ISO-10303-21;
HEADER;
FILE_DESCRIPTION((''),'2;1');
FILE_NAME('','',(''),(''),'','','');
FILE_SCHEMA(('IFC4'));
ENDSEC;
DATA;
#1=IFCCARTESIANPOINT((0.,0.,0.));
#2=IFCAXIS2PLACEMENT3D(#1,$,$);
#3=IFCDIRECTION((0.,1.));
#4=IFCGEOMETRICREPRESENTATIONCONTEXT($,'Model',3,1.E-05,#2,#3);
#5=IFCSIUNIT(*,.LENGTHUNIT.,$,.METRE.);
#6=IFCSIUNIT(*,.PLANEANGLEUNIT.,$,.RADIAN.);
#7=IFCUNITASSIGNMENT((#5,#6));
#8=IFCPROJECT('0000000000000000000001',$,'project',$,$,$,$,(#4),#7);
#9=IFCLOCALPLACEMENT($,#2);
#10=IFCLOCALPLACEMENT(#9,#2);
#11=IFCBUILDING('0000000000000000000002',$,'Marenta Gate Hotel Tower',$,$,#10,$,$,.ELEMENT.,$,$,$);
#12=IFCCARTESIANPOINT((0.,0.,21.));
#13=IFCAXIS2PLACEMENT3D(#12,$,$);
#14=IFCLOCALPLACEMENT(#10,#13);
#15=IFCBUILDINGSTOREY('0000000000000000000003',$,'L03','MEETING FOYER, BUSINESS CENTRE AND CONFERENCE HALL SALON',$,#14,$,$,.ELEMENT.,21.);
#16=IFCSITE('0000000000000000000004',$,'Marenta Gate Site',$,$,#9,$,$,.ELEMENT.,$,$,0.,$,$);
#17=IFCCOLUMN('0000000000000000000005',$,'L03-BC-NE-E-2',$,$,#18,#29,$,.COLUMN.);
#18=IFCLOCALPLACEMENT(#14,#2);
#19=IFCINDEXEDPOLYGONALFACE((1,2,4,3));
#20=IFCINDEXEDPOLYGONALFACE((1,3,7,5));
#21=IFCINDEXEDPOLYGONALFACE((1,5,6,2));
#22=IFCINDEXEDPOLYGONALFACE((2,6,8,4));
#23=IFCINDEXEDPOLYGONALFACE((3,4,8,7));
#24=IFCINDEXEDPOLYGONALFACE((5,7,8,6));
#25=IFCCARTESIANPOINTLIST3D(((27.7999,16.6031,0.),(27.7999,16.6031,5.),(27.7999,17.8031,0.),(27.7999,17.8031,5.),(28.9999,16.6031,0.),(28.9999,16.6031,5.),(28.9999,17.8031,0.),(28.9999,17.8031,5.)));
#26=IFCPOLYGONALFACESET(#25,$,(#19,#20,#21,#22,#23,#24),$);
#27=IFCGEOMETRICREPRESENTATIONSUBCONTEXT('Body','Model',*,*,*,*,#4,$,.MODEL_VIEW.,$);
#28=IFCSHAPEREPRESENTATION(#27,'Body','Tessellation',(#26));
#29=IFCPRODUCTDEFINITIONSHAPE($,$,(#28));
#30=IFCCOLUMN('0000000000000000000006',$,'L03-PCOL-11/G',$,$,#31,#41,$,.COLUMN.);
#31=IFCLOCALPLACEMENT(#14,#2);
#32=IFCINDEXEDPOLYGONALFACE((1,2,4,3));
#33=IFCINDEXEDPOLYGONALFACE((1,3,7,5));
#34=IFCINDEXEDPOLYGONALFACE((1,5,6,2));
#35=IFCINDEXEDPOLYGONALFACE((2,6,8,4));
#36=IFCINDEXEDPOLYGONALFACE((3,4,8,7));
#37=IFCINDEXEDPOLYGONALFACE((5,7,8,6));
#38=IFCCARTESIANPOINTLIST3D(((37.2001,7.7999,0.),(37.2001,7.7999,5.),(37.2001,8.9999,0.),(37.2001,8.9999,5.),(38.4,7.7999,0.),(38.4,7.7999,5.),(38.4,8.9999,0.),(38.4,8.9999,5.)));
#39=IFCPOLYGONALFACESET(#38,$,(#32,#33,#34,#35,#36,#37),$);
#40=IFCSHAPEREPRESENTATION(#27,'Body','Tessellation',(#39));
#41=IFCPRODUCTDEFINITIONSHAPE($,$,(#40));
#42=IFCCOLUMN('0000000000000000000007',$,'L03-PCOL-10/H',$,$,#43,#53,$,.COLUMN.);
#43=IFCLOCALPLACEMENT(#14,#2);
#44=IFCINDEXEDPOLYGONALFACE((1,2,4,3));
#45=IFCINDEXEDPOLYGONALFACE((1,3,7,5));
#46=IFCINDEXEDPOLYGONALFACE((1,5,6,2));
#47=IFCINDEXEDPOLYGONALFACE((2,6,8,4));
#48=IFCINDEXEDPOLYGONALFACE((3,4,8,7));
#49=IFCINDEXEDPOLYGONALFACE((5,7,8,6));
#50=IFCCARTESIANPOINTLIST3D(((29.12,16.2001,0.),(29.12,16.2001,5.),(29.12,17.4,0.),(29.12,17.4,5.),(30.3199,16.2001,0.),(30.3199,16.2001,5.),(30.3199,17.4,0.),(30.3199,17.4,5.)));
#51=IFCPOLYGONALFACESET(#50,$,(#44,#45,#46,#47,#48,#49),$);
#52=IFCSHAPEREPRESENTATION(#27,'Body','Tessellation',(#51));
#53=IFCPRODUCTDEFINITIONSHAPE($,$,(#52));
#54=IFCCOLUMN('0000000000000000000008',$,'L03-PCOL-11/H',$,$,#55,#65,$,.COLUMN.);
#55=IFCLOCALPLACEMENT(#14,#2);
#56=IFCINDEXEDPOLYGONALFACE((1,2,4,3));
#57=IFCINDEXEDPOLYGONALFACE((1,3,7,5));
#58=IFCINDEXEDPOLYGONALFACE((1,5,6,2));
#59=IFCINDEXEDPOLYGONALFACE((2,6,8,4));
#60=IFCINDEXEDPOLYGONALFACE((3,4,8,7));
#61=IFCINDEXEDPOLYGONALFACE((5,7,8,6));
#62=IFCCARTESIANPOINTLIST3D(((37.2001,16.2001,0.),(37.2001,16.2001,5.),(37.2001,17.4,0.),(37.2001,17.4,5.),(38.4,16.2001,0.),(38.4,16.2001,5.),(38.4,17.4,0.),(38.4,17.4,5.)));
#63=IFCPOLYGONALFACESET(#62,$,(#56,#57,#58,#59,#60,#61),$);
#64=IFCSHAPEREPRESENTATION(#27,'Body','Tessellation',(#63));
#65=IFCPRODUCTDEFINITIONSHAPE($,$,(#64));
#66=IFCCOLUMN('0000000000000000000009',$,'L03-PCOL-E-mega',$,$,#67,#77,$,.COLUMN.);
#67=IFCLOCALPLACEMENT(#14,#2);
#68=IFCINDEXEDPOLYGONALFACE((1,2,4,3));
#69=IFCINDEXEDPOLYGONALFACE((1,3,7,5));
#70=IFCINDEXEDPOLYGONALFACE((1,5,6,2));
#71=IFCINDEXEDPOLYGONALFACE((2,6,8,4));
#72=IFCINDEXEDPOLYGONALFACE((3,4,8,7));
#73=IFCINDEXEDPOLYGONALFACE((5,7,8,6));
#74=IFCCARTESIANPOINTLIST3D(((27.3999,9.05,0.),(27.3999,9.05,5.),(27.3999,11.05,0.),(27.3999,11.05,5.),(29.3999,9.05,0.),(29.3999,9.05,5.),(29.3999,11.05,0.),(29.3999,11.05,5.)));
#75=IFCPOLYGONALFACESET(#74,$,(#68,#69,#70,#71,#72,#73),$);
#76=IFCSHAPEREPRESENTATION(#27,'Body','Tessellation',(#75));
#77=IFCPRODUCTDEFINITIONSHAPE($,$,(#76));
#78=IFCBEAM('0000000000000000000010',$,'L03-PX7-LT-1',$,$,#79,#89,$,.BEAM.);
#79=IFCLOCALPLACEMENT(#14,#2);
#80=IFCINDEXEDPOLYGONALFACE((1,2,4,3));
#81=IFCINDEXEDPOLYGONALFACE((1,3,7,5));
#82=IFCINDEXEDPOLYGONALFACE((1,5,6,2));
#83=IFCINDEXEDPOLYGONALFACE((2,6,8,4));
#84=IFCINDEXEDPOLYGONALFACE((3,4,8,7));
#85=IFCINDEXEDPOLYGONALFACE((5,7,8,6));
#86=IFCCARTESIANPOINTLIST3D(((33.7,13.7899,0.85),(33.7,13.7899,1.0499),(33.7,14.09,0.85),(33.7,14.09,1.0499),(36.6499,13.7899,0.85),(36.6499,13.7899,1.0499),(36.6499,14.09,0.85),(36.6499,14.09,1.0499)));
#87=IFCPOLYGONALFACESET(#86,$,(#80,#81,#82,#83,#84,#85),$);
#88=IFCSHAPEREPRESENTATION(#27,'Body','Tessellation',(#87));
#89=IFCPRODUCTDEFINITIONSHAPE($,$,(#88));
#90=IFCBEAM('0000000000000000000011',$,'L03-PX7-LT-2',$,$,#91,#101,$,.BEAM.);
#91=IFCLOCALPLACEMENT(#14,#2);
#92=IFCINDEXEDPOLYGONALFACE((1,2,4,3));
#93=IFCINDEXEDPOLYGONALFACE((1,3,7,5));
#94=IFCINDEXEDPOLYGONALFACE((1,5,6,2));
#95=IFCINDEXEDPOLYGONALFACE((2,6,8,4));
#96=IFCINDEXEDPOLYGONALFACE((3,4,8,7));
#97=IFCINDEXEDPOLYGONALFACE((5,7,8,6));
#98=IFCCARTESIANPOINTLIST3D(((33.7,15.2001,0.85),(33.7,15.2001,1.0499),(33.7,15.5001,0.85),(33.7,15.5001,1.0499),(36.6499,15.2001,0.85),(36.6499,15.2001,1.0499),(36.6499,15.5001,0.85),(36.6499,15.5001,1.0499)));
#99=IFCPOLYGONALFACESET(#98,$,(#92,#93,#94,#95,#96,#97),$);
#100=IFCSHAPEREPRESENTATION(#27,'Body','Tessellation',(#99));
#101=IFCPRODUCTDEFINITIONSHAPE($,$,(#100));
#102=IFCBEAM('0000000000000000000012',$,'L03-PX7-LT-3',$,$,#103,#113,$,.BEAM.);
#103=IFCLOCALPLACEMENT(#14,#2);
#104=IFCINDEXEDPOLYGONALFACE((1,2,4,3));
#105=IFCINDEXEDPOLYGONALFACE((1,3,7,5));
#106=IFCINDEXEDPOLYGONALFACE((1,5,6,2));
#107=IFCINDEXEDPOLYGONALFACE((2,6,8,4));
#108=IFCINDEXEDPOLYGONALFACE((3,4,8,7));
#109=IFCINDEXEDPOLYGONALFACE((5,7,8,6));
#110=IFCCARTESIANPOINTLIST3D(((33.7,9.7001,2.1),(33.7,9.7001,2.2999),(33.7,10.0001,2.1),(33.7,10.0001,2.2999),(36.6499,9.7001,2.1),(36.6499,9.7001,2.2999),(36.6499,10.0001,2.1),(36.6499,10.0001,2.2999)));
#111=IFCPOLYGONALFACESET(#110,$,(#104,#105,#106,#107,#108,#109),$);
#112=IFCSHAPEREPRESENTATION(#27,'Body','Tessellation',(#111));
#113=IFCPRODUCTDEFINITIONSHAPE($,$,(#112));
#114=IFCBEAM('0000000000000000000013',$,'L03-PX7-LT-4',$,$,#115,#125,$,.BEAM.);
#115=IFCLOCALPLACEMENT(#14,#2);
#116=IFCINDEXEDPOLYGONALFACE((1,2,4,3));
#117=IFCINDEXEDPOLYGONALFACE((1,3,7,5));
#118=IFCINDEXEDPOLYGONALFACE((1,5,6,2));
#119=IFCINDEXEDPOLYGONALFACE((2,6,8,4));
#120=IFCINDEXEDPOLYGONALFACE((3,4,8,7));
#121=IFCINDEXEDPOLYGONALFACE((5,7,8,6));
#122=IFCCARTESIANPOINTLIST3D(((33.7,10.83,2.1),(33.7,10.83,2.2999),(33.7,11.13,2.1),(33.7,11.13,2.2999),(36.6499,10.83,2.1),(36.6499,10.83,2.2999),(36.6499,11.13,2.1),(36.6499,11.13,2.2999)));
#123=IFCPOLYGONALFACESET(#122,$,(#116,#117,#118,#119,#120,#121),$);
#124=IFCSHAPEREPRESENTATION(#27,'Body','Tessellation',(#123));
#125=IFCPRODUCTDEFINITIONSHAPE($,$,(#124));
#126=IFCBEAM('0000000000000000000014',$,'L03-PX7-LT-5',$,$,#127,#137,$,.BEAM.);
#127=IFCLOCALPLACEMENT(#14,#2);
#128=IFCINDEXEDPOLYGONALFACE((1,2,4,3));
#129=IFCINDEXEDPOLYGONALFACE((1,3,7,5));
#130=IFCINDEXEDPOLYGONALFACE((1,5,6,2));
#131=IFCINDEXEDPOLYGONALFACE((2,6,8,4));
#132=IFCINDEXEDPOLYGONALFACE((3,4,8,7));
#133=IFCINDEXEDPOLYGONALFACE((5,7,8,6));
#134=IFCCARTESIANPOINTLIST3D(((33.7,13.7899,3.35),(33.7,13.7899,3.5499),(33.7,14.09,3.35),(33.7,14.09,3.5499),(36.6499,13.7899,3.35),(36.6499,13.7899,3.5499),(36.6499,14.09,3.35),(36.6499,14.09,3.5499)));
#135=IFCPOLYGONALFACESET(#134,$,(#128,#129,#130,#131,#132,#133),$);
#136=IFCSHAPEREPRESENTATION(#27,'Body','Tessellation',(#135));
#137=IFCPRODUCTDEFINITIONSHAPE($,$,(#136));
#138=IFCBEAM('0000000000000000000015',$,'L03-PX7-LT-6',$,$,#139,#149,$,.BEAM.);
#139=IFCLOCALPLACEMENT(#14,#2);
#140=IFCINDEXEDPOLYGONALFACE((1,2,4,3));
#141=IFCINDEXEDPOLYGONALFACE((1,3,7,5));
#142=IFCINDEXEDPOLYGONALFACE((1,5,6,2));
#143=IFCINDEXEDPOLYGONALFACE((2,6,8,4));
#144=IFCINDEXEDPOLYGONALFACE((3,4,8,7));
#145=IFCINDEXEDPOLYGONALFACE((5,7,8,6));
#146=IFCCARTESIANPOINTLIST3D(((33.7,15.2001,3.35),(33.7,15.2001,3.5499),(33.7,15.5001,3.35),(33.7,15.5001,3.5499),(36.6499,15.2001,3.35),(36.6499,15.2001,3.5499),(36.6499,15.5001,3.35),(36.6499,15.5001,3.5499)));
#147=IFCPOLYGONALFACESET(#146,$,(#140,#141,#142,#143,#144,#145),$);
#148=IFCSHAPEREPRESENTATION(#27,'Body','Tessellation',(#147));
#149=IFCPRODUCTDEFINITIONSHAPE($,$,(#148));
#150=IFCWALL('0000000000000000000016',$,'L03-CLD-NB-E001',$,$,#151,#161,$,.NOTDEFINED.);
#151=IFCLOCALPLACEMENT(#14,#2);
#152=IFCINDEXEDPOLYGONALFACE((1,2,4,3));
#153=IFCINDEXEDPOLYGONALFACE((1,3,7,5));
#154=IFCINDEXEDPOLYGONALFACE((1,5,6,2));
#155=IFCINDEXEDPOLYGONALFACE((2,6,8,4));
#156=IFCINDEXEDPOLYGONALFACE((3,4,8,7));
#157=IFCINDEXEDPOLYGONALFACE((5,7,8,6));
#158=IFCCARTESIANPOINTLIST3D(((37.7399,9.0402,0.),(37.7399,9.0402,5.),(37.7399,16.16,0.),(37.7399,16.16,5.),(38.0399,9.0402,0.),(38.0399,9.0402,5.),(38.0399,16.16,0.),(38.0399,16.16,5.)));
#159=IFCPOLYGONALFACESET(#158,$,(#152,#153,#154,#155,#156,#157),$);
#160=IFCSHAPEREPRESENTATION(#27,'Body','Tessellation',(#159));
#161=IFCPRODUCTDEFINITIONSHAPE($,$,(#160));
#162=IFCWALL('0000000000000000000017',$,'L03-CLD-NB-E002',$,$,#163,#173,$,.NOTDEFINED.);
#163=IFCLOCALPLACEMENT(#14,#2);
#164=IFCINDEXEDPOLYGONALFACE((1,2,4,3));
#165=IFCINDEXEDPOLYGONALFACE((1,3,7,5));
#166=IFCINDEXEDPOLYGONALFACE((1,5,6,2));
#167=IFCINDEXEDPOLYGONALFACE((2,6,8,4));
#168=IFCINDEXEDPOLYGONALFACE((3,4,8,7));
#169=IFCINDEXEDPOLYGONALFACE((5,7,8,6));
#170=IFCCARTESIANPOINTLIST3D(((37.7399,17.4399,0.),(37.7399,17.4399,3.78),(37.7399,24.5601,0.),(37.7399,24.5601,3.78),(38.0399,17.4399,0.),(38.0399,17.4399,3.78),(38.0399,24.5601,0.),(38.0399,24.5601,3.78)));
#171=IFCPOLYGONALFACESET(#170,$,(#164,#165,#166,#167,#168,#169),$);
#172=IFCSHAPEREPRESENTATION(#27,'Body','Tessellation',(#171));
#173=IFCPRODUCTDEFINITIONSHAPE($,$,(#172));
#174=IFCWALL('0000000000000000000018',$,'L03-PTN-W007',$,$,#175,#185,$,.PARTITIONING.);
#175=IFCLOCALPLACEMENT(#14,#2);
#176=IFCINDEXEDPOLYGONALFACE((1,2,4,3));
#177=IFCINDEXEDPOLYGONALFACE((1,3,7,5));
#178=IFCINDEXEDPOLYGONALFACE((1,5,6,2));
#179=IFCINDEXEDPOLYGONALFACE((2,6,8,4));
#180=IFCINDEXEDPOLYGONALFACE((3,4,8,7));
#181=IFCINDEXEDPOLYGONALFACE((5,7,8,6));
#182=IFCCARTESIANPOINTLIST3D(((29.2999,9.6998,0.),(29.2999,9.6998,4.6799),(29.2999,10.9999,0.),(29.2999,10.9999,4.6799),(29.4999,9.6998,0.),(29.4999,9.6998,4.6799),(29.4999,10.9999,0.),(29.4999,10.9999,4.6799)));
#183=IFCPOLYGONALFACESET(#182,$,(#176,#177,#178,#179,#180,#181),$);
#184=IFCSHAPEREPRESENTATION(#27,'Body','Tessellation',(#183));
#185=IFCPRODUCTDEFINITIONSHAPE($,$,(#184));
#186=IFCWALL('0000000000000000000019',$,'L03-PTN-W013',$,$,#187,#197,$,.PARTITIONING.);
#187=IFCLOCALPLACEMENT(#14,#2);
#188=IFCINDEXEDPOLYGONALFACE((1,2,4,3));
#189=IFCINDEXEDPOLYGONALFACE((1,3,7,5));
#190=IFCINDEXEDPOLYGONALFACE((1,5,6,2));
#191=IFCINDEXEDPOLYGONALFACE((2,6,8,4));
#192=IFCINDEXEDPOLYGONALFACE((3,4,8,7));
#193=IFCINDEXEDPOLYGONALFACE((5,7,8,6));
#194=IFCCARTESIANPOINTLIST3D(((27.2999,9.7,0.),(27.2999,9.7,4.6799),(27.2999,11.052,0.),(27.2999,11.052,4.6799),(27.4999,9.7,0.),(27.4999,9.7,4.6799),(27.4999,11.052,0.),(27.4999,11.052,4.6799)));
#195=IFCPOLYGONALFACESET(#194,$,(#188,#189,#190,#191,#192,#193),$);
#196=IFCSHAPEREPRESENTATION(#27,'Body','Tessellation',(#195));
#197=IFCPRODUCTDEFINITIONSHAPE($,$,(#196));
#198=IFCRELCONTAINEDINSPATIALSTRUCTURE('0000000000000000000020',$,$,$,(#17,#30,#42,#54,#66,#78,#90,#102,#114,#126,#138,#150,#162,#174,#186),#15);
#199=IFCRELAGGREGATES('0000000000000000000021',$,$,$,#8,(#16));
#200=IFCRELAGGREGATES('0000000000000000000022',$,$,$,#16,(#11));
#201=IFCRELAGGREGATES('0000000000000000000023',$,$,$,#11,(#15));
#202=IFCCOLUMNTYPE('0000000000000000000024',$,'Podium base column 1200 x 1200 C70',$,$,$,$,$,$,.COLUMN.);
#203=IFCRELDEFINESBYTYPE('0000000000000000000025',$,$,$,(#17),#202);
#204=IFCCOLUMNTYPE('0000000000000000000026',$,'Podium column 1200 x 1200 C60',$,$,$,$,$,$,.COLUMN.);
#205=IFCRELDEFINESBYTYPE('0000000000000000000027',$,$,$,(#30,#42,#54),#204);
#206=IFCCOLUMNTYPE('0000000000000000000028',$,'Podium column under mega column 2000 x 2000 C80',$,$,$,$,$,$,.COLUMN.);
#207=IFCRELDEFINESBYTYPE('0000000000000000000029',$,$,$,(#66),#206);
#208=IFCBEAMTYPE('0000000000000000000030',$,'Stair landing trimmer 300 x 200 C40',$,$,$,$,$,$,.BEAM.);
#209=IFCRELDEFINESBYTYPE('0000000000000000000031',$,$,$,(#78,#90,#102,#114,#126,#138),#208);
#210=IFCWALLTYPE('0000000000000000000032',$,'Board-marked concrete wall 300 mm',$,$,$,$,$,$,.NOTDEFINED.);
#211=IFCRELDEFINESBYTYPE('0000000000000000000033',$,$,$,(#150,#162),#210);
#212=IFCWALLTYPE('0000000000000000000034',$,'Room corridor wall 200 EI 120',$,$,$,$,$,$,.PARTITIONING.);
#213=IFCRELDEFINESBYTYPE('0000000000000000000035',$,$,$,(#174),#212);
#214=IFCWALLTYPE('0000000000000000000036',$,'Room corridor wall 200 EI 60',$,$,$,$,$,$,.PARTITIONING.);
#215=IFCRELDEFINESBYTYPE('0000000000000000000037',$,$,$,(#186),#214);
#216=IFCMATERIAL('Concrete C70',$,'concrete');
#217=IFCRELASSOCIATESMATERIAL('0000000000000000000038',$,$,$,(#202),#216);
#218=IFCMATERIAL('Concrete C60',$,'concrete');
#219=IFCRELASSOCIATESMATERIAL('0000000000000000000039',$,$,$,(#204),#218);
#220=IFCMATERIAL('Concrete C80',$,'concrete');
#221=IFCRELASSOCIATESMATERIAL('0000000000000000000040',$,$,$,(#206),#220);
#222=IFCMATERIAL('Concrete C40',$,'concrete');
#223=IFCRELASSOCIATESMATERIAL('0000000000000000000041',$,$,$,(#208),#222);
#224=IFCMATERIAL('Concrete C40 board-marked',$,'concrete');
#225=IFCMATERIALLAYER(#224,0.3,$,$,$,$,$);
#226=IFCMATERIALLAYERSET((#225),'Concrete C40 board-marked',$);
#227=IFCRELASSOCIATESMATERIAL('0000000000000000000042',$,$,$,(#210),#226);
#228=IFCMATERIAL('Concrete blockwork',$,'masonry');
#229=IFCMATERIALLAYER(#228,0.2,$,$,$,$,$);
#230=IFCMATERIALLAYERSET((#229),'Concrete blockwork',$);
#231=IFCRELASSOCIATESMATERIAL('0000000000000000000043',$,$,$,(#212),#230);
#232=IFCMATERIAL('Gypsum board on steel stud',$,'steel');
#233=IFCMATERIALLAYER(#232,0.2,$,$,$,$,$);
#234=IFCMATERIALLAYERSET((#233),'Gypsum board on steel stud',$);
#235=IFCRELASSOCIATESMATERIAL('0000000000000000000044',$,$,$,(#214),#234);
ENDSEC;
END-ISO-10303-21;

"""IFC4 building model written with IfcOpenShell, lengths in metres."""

from ifc_helpers import new_model, si_unit, direction, frame, frame_2d, origin, origin_2d, place, context, subcontext, project, spatial, rectangle, extrude, material, layer, layer_set, material_profile, profile_set, type_object, element, save


model = new_model("IFC4")

# Units and contexts
model_context = context("Model", 3, precision=1e-05, world=origin(), true_north=direction((0.0, 1.0)))
body_context = subcontext(model_context, "Body", "Model", "MODEL_VIEW")
ifc_project = project(units=[si_unit("LENGTHUNIT", "METRE"), si_unit("PLANEANGLEUNIT", "RADIAN")], contexts=[model_context])

# Site, building, storey
site_placement = place(None, origin())
site = spatial("IfcSite", under=ifc_project, at=site_placement, Name="Marenta Gate Site", CompositionType="ELEMENT", RefElevation=0.0)
building_placement = place(site_placement, origin())
building = spatial("IfcBuilding", under=site, at=building_placement, Name="Marenta Gate Hotel Tower", CompositionType="ELEMENT")
storey_placement = place(building_placement, frame((0.0, 0.0, 21.0)))
storey = spatial("IfcBuildingStorey", under=building, at=storey_placement, Name="L03", Description="MEETING FOYER, BUSINESS CENTRE AND CONFERENCE HALL SALON", CompositionType="ELEMENT", Elevation=21.0)

# Columns
ifc_material_1 = material(Name="Concrete C70", Category="concrete")
ifc_material_profile_1 = material_profile(ifc_material_1, rectangle(XDim=1.2, YDim=1.2, at=origin_2d()), Name="1200 x 1200")
ifc_profile_set_1 = profile_set([ifc_material_profile_1], Name="Concrete C70")
column_type_1 = type_object("IfcColumnType", Name="Podium base column 1200 x 1200 C70", PredefinedType="COLUMN", material=ifc_profile_set_1)
column_1_placement = place(storey_placement, frame((28.3999, 17.2031, 0.0), z_axis=(0.0, 0.0, 1.0), x_axis=(1.0, 0.0, 0.0)))
element("IfcColumn", 1, at=column_1_placement, inside=storey, type_object=column_type_1, Name="L03-BC-NE-E-2", PredefinedType="COLUMN", context=body_context, shape_type="SweptSolid", body=[
    extrude(rectangle(XDim=1.2, YDim=1.2, at=origin_2d()), origin(), (0.0, 0.0, 1.0), 5.0),
])
ifc_material_2 = material(Name="Concrete C60", Category="concrete")
ifc_material_profile_2 = material_profile(ifc_material_2, rectangle(XDim=1.2, YDim=1.2, at=origin_2d()), Name="1200 x 1200")
ifc_profile_set_2 = profile_set([ifc_material_profile_2], Name="Concrete C60")
column_type_2 = type_object("IfcColumnType", Name="Podium column 1200 x 1200 C60", PredefinedType="COLUMN", material=ifc_profile_set_2)
for number, where, z_axis, x_axis, name in (
    (2, (37.8, 8.3999, 0.0), (0.0, 0.0, 1.0), (1.0, 0.0, 0.0), "L03-PCOL-11/G"),
    (3, (29.72, 16.8, 0.0), (0.0, 0.0, 1.0), (1.0, 0.0, 0.0), "L03-PCOL-10/H"),
    (4, (37.8, 16.8, 0.0), (0.0, 0.0, 1.0), (1.0, 0.0, 0.0), "L03-PCOL-11/H"),
):
    element("IfcColumn", number, at=place(storey_placement, frame(where, z_axis=z_axis, x_axis=x_axis)), inside=storey, type_object=column_type_2, Name=name, PredefinedType="COLUMN", context=body_context, shape_type="SweptSolid", body=[
        extrude(rectangle(XDim=1.2, YDim=1.2, at=origin_2d()), origin(), (0.0, 0.0, 1.0), 5.0),
    ])
ifc_material_3 = material(Name="Concrete C80", Category="concrete")
ifc_material_profile_3 = material_profile(ifc_material_3, rectangle(XDim=2.0, YDim=2.0, at=origin_2d()), Name="2000 x 2000")
ifc_profile_set_3 = profile_set([ifc_material_profile_3], Name="Concrete C80")
column_type_3 = type_object("IfcColumnType", Name="Podium column under mega column 2000 x 2000 C80", PredefinedType="COLUMN", material=ifc_profile_set_3)
column_2_placement = place(storey_placement, frame((28.3999, 10.05, 0.0), z_axis=(0.0, 0.0, 1.0), x_axis=(1.0, 0.0, 0.0)))
element("IfcColumn", 5, at=column_2_placement, inside=storey, type_object=column_type_3, Name="L03-PCOL-E-mega", PredefinedType="COLUMN", context=body_context, shape_type="SweptSolid", body=[
    extrude(rectangle(XDim=2.0, YDim=2.0, at=origin_2d()), origin(), (0.0, 0.0, 1.0), 5.0),
])

# Beams
ifc_material_4 = material(Name="Concrete C40", Category="concrete")
ifc_material_profile_4 = material_profile(ifc_material_4, rectangle(XDim=0.3, YDim=0.2, at=origin_2d()), Name="300 x 200")
ifc_profile_set_4 = profile_set([ifc_material_profile_4], Name="Concrete C40")
beam_type = type_object("IfcBeamType", Name="Stair landing trimmer 300 x 200 C40", PredefinedType="BEAM", material=ifc_profile_set_4)
for number, where, z_axis, x_axis, name in (
    (6, (33.7, 13.9399, 0.95), (1.0, 0.0, 0.0), (0.0, 1.0, 0.0), "L03-PX7-LT-1"),
    (7, (33.7, 15.3501, 0.95), (1.0, 0.0, 0.0), (0.0, 1.0, 0.0), "L03-PX7-LT-2"),
    (8, (33.7, 9.8501, 2.2), (1.0, 0.0, 0.0), (0.0, 1.0, 0.0), "L03-PX7-LT-3"),
    (9, (33.7, 10.98, 2.2), (1.0, 0.0, 0.0), (0.0, 1.0, 0.0), "L03-PX7-LT-4"),
    (10, (33.7, 13.9399, 3.45), (1.0, 0.0, 0.0), (0.0, 1.0, 0.0), "L03-PX7-LT-5"),
    (11, (33.7, 15.3501, 3.45), (1.0, 0.0, 0.0), (0.0, 1.0, 0.0), "L03-PX7-LT-6"),
):
    element("IfcBeam", number, at=place(storey_placement, frame(where, z_axis=z_axis, x_axis=x_axis)), inside=storey, type_object=beam_type, Name=name, PredefinedType="BEAM", context=body_context, shape_type="SweptSolid", body=[
        extrude(rectangle(XDim=0.3, YDim=0.2, at=origin_2d()), origin(), (0.0, 0.0, 1.0), 2.95),
    ])

# Walls
ifc_material_5 = material(Name="Concrete C40 board-marked", Category="concrete")
ifc_layer_1 = layer(ifc_material_5, 0.3)
ifc_layer_set_1 = layer_set([ifc_layer_1], Name="Concrete C40 board-marked")
wall_type_1 = type_object("IfcWallType", Name="Board-marked concrete wall 300 mm", PredefinedType="NOTDEFINED", material=ifc_layer_set_1)
wall_1_placement = place(storey_placement, frame((37.8899, 9.04, 0.0), z_axis=(0.0, 0.0, 1.0), x_axis=(0.0, 1.0, 0.0)))
element("IfcWall", 12, at=wall_1_placement, inside=storey, type_object=wall_type_1, Name="L03-CLD-NB-E001", PredefinedType="NOTDEFINED", context=body_context, shape_type="SweptSolid", body=[
    extrude(rectangle(XDim=7.1199, YDim=0.3, at=frame_2d((3.5601, 0.0))), origin(), (0.0, 0.0, 1.0), 5.0),
])
wall_2_placement = place(storey_placement, frame((37.8899, 17.4399, 0.0), z_axis=(0.0, 0.0, 1.0), x_axis=(0.0, 1.0, 0.0)))
element("IfcWall", 13, at=wall_2_placement, inside=storey, type_object=wall_type_1, Name="L03-CLD-NB-E002", PredefinedType="NOTDEFINED", context=body_context, shape_type="SweptSolid", body=[
    extrude(rectangle(XDim=7.1201, YDim=0.3, at=frame_2d((3.5601, 0.0))), origin(), (0.0, 0.0, 1.0), 3.78),
])
ifc_material_6 = material(Name="Concrete blockwork", Category="masonry")
ifc_layer_2 = layer(ifc_material_6, 0.2)
ifc_layer_set_2 = layer_set([ifc_layer_2], Name="Concrete blockwork")
wall_type_2 = type_object("IfcWallType", Name="Room corridor wall 200 EI 120", PredefinedType="PARTITIONING", material=ifc_layer_set_2)
wall_3_placement = place(storey_placement, frame((29.3999, 9.7, 0.0), z_axis=(0.0, 0.0, 1.0), x_axis=(0.0, 1.0, 0.0)))
element("IfcWall", 14, at=wall_3_placement, inside=storey, type_object=wall_type_2, Name="L03-PTN-W007", PredefinedType="PARTITIONING", context=body_context, shape_type="SweptSolid", body=[
    extrude(rectangle(XDim=1.3, YDim=0.2, at=frame_2d((0.6499, 0.0))), origin(), (0.0, 0.0, 1.0), 4.6799),
])
ifc_material_7 = material(Name="Gypsum board on steel stud", Category="steel")
ifc_layer_3 = layer(ifc_material_7, 0.2)
ifc_layer_set_3 = layer_set([ifc_layer_3], Name="Gypsum board on steel stud")
wall_type_3 = type_object("IfcWallType", Name="Room corridor wall 200 EI 60", PredefinedType="PARTITIONING", material=ifc_layer_set_3)
wall_4_placement = place(storey_placement, frame((27.3999, 9.7, 0.0), z_axis=(0.0, 0.0, 1.0), x_axis=(0.0, 1.0, 0.0)))
element("IfcWall", 15, at=wall_4_placement, inside=storey, type_object=wall_type_3, Name="L03-PTN-W013", PredefinedType="PARTITIONING", context=body_context, shape_type="SweptSolid", body=[
    extrude(rectangle(XDim=1.3521, YDim=0.2, at=frame_2d((0.676, 0.0))), origin(), (0.0, 0.0, 1.0), 4.6799),
])

save(model, "model.ifc")
